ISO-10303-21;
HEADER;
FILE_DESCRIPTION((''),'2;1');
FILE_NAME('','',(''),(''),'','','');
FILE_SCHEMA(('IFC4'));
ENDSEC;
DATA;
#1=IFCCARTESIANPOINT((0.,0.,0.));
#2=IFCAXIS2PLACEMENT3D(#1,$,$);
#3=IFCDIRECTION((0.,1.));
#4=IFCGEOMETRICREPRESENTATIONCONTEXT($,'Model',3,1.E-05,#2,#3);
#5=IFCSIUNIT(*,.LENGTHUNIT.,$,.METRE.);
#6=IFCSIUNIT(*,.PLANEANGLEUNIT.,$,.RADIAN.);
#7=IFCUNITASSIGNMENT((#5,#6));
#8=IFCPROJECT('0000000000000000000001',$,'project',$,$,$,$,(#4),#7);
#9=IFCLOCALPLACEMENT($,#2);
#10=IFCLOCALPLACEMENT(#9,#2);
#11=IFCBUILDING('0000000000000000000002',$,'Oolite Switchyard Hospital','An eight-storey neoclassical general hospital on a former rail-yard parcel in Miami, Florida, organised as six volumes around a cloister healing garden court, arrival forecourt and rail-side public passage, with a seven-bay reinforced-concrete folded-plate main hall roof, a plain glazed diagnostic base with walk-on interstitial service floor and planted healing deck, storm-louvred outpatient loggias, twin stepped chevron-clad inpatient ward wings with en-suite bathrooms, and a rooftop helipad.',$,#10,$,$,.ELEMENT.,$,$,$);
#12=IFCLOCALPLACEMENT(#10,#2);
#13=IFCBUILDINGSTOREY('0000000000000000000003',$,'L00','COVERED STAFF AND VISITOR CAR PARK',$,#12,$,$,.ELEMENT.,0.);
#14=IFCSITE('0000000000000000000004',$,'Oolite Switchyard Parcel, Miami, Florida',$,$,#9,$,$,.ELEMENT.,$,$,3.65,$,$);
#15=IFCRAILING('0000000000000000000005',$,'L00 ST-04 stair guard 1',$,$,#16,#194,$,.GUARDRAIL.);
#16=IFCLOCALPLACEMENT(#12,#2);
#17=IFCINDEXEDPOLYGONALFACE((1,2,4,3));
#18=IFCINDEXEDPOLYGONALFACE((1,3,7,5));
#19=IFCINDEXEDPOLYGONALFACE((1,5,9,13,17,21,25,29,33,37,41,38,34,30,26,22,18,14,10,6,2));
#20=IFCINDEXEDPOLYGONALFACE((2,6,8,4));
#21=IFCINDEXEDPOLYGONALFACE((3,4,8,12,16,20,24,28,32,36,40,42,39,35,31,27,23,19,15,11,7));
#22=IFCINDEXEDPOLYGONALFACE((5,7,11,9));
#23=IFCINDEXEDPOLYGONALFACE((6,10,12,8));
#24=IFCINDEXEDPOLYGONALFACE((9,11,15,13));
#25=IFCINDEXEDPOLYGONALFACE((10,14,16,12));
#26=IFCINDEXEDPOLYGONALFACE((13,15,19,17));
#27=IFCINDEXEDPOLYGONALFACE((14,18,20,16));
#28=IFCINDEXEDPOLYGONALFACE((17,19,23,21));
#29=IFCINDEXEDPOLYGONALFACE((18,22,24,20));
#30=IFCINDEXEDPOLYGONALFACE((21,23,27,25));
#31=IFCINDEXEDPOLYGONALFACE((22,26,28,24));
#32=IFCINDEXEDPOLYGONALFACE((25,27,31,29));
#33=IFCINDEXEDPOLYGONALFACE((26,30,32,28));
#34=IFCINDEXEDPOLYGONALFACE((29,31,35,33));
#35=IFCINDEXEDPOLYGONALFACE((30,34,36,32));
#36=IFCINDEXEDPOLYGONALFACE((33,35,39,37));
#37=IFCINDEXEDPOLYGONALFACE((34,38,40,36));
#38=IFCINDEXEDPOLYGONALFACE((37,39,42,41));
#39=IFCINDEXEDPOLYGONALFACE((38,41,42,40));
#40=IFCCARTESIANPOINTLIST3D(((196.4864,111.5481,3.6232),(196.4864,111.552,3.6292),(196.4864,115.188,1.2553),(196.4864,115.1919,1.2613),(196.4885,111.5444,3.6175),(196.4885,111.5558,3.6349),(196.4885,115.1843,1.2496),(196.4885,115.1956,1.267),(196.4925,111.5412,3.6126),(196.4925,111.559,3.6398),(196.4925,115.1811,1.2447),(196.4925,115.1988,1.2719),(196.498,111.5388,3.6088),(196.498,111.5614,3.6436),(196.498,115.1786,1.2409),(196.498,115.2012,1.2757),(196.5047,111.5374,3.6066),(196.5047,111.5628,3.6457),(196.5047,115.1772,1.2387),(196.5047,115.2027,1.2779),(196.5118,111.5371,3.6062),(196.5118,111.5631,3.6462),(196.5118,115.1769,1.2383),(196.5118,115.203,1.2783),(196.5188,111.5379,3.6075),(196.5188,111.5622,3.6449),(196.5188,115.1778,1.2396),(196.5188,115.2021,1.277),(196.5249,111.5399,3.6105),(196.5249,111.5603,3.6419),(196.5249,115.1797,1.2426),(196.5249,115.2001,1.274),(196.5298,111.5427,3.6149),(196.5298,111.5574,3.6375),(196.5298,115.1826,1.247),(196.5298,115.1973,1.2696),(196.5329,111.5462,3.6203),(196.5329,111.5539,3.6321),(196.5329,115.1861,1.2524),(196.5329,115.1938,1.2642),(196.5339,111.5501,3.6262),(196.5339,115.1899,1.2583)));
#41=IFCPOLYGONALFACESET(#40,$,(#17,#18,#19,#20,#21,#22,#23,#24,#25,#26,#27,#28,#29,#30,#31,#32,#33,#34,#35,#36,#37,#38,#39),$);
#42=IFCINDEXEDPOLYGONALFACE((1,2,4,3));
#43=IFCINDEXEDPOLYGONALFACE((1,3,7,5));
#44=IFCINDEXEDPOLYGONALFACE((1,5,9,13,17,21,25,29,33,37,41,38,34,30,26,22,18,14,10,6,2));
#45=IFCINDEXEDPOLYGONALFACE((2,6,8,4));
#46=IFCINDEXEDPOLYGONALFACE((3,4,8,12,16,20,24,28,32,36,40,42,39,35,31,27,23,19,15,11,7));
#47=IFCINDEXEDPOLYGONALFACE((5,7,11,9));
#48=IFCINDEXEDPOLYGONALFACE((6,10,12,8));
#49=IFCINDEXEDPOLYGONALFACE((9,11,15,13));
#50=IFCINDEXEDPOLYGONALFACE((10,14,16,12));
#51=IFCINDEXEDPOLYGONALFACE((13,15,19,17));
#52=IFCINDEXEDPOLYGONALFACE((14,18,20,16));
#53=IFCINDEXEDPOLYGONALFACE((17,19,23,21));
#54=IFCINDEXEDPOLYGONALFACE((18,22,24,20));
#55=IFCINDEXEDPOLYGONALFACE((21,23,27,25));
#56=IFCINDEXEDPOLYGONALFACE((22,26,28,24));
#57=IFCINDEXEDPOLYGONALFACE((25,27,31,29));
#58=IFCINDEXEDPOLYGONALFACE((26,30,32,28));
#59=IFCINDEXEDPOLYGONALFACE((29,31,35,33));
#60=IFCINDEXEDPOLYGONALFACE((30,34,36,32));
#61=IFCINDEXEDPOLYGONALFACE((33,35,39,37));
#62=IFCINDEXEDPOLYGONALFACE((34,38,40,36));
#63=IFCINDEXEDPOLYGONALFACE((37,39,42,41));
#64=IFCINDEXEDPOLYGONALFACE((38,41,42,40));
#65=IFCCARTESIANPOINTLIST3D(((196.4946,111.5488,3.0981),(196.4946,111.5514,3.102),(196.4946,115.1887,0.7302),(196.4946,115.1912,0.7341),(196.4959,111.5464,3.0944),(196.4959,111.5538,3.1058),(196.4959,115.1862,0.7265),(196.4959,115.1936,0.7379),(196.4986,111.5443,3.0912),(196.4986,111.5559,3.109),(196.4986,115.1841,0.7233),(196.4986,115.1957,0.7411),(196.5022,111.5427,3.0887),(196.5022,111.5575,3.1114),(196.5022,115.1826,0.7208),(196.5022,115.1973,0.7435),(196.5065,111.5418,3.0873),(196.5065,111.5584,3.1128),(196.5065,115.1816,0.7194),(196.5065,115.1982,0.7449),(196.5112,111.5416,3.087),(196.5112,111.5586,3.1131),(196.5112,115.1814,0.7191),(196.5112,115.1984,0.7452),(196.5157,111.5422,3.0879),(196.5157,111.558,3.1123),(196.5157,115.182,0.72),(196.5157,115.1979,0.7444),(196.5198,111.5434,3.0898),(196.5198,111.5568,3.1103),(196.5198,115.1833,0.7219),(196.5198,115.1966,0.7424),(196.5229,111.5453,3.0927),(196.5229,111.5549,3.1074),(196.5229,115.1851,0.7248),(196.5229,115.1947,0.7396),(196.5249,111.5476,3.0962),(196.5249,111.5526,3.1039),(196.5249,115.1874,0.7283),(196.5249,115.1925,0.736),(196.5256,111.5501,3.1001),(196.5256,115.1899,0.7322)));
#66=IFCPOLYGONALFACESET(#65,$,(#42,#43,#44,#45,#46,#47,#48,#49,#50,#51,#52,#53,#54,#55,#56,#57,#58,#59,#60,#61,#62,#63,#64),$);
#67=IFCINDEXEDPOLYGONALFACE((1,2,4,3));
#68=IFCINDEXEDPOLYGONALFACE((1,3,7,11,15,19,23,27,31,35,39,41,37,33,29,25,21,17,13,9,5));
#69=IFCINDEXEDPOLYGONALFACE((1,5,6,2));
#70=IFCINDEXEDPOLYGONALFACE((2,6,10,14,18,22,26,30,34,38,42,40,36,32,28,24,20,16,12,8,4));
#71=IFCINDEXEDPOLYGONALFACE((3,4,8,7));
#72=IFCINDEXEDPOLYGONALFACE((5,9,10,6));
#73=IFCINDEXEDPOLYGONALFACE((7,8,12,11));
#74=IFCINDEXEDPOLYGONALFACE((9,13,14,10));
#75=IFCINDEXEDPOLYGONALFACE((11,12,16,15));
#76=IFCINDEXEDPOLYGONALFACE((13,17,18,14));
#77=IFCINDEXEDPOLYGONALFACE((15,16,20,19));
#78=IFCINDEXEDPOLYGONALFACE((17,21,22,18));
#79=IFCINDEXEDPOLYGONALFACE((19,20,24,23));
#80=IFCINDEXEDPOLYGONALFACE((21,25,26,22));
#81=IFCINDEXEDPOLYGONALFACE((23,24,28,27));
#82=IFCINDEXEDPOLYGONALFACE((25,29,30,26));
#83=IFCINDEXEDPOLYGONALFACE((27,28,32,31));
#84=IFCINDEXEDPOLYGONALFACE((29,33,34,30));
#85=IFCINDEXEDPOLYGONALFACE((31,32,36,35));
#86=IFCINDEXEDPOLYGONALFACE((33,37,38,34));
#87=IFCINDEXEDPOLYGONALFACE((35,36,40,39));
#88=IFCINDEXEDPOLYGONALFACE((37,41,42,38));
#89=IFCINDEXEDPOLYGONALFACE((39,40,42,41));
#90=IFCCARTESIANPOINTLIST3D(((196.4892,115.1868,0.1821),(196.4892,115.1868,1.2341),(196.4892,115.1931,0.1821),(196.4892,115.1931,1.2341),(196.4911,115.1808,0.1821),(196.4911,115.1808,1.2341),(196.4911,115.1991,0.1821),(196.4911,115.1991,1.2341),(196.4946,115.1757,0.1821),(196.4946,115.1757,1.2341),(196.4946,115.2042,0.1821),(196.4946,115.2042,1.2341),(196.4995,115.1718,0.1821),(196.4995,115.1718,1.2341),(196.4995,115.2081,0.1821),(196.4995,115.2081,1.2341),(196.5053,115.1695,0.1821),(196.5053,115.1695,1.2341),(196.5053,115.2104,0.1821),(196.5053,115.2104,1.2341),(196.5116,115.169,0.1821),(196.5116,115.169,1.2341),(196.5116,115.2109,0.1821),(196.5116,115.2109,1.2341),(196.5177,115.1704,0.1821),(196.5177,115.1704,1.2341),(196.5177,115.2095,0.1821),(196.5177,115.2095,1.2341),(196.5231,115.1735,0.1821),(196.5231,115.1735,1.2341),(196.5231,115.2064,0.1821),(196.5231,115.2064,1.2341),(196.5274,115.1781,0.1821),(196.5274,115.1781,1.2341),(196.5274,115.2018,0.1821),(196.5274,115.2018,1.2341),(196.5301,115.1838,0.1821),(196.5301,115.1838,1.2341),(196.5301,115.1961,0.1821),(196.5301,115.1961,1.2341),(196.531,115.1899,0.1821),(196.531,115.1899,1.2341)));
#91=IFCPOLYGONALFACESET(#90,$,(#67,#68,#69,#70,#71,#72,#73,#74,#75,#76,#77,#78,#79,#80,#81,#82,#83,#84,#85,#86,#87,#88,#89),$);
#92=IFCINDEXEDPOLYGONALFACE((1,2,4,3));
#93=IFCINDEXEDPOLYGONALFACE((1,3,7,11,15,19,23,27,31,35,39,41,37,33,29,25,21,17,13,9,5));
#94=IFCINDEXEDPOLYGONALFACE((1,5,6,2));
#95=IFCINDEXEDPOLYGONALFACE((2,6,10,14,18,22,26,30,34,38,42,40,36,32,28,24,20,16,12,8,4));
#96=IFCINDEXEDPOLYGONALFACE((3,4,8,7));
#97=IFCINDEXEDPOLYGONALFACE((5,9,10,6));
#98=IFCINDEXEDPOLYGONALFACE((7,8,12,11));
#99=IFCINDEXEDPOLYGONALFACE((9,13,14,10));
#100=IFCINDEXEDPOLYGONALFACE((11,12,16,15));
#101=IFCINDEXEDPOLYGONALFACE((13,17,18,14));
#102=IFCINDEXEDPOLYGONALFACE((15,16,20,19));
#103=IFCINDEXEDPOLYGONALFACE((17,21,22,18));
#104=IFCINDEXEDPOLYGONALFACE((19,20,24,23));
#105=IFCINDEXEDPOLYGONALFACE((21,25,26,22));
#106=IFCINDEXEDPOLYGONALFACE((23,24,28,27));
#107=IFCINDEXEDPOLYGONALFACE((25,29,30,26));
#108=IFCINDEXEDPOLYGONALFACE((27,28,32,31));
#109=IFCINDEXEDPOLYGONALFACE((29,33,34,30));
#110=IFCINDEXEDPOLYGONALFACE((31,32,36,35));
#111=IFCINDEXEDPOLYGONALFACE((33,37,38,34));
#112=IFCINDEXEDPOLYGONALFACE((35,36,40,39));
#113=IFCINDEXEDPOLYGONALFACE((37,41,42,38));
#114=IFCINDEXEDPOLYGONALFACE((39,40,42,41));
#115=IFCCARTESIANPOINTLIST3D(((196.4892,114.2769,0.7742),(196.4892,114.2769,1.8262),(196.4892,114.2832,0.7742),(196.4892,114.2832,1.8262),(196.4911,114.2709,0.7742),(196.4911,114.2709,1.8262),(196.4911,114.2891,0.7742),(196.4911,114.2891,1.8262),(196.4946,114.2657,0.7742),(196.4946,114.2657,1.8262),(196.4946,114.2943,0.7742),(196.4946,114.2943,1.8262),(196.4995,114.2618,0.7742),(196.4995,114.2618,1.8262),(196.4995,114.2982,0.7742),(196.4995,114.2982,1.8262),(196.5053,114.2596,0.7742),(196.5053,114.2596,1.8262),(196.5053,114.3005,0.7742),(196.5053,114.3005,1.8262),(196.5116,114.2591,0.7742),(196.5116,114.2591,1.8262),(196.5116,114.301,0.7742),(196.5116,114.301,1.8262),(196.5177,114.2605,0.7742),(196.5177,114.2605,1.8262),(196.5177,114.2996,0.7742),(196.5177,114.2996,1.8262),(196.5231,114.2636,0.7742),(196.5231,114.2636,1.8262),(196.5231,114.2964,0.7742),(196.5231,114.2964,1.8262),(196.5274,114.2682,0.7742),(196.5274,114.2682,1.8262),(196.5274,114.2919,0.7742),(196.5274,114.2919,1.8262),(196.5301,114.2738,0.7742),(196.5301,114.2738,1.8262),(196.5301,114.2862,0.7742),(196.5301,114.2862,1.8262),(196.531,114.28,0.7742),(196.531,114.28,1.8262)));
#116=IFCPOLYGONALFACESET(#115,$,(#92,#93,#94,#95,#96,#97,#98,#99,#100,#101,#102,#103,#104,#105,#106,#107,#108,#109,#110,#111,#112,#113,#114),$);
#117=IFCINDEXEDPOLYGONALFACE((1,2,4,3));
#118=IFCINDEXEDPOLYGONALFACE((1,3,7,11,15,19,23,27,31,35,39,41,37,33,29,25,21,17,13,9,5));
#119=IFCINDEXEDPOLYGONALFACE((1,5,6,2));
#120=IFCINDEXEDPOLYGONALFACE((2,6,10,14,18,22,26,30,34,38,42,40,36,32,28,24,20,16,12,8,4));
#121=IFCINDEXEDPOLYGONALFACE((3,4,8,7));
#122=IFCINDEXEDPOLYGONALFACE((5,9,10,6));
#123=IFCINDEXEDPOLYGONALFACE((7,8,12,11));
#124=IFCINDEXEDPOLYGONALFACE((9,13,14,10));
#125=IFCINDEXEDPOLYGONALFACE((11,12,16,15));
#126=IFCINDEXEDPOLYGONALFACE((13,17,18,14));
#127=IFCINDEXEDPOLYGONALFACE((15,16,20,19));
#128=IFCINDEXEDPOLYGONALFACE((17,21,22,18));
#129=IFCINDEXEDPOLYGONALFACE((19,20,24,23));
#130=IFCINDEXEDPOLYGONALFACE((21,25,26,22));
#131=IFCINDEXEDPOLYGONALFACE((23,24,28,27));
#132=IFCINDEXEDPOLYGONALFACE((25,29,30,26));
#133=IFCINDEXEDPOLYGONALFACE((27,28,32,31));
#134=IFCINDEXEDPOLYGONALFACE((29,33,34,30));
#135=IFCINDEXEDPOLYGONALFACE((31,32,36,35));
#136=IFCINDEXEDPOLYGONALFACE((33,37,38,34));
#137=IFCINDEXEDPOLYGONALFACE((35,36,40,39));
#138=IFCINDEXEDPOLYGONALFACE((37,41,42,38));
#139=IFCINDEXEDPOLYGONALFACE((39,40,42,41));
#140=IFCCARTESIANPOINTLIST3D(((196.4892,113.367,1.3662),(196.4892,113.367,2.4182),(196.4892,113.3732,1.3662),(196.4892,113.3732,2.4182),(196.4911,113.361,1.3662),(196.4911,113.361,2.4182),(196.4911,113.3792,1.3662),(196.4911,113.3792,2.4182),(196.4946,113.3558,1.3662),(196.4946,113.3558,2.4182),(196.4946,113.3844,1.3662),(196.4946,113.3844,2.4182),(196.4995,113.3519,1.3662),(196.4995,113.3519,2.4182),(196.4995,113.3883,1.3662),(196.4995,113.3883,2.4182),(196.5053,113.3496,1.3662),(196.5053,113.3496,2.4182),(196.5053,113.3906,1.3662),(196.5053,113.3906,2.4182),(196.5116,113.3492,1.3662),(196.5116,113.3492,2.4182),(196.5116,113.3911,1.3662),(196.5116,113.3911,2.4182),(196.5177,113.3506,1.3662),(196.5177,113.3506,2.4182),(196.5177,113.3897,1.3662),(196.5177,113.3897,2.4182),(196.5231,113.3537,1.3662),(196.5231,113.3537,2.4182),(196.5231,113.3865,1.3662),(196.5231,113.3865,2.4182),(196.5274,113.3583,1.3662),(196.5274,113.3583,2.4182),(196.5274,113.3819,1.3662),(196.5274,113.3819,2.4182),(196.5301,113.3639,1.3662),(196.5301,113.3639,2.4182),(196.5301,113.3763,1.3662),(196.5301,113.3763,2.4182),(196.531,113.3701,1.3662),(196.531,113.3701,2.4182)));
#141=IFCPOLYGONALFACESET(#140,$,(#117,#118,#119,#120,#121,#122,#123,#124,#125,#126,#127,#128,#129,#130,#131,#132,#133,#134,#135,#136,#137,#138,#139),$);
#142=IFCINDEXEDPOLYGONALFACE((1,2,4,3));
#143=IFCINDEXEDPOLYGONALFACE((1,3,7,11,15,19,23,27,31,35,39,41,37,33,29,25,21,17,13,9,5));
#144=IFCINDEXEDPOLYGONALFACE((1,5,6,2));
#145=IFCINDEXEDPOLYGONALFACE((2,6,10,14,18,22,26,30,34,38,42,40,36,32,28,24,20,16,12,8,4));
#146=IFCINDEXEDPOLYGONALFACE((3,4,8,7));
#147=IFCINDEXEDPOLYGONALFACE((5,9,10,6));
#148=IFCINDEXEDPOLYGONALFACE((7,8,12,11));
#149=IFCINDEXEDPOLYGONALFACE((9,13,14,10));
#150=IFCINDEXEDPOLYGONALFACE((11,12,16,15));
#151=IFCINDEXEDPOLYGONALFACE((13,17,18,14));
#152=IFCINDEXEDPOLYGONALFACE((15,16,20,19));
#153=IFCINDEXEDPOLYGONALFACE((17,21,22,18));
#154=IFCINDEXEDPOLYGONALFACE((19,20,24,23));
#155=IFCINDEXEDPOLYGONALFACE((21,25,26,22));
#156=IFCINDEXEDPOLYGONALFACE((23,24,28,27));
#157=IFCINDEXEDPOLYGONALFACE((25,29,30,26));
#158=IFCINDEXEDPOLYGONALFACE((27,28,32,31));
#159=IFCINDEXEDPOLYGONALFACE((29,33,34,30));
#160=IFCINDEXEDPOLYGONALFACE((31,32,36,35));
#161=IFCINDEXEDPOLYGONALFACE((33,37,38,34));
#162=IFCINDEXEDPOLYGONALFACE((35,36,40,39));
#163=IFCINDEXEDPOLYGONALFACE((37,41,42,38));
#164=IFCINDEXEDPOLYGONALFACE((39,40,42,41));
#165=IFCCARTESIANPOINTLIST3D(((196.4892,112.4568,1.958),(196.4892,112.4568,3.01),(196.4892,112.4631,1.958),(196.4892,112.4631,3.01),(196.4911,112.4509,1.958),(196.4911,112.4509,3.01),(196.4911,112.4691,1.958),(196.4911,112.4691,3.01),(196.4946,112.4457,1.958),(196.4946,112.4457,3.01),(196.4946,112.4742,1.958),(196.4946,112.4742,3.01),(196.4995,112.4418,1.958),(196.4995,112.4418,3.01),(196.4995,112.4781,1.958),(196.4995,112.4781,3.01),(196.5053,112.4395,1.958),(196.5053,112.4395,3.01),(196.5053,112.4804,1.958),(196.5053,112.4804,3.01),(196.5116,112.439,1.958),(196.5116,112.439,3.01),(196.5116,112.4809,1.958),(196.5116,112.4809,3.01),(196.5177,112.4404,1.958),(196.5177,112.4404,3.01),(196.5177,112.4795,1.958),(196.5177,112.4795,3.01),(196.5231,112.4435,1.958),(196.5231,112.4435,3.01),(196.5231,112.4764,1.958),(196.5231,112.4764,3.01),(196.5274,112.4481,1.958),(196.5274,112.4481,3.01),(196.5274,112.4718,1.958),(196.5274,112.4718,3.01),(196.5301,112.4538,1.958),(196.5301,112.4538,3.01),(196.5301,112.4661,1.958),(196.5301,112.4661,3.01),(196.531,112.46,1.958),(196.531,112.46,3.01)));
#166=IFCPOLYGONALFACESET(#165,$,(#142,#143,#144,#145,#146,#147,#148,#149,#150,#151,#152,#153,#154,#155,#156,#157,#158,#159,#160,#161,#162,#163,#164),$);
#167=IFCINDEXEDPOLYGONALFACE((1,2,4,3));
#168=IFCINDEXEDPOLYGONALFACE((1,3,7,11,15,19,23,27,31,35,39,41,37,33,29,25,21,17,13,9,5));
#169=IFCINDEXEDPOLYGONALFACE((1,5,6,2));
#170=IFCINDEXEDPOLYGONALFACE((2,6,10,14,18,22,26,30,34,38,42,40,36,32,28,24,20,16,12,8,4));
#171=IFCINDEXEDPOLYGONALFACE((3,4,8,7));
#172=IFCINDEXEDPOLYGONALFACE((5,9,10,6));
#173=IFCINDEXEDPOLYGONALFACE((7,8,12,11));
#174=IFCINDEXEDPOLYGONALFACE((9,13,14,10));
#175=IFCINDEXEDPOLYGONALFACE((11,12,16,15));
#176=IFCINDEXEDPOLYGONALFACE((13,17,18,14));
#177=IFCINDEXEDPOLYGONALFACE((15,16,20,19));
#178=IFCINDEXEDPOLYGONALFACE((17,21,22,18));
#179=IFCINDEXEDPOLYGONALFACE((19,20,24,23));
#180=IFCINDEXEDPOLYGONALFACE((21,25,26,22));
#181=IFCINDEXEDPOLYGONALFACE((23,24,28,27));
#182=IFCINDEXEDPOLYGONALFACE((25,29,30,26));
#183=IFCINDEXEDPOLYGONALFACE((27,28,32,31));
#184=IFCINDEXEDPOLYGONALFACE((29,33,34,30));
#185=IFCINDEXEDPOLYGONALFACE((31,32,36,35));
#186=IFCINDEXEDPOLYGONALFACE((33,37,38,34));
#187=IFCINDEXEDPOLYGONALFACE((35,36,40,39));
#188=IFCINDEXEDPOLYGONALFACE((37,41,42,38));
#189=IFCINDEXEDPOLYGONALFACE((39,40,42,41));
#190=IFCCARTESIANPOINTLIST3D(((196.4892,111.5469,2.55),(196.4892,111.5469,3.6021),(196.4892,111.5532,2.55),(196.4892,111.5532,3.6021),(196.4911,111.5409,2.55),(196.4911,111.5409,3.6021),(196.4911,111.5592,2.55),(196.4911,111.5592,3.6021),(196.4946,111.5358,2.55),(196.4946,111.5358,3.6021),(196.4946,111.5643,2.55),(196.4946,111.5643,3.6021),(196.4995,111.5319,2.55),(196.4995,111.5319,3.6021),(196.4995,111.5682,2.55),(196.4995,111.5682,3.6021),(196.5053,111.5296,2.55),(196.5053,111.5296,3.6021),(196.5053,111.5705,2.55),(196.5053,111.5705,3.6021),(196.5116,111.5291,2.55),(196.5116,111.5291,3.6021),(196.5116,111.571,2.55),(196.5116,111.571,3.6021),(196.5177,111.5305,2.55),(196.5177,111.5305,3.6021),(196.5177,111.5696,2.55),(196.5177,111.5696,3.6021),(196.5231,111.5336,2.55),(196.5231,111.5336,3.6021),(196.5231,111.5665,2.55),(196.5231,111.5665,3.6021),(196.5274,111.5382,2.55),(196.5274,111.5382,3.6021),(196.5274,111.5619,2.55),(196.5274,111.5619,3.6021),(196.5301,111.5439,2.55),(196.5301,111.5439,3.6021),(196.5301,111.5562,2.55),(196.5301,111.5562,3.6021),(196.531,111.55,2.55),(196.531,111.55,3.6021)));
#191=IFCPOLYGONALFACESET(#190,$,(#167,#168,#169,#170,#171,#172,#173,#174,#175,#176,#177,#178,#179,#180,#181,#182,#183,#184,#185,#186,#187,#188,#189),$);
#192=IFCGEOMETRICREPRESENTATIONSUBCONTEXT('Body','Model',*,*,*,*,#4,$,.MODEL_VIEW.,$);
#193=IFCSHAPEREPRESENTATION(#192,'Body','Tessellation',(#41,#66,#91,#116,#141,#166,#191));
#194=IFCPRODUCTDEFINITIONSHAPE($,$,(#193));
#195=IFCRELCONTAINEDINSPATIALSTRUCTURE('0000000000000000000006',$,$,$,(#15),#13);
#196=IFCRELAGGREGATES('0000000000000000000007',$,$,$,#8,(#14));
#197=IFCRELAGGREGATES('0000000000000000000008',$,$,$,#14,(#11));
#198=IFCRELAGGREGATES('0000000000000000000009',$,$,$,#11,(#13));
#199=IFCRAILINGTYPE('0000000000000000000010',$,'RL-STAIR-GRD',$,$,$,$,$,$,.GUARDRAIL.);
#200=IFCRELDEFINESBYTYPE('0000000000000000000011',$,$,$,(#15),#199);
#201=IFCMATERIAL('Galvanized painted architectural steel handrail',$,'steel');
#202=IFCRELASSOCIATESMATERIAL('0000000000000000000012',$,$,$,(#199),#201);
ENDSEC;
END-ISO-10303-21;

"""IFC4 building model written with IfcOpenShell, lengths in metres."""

from ifc_helpers import new_model, si_unit, direction, frame, origin, origin_2d, place, context, subcontext, project, spatial, circle, extrude, material, type_object, element, save


model = new_model("IFC4")

# Units and contexts
model_context = context("Model", 3, precision=1e-05, world=origin(), true_north=direction((0.0, 1.0)))
body_context = subcontext(model_context, "Body", "Model", "MODEL_VIEW")
ifc_project = project(units=[si_unit("LENGTHUNIT", "METRE"), si_unit("PLANEANGLEUNIT", "RADIAN")], contexts=[model_context])

# Site, building, storey
site_placement = place(None, origin())
site = spatial("IfcSite", under=ifc_project, at=site_placement, Name="Oolite Switchyard Parcel, Miami, Florida", CompositionType="ELEMENT", RefElevation=3.65)
building_placement = place(site_placement, origin())
building = spatial("IfcBuilding", under=site, at=building_placement, Name="Oolite Switchyard Hospital", Description="An eight-storey neoclassical general hospital on a former rail-yard parcel in Miami, Florida, organised as six volumes around a cloister healing garden court, arrival forecourt and rail-side public passage, with a seven-bay reinforced-concrete folded-plate main hall roof, a plain glazed diagnostic base with walk-on interstitial service floor and planted healing deck, storm-louvred outpatient loggias, twin stepped chevron-clad inpatient ward wings with en-suite bathrooms, and a rooftop helipad.", CompositionType="ELEMENT")
storey_placement = place(building_placement, origin())
storey = spatial("IfcBuildingStorey", under=building, at=storey_placement, Name="L00", Description="COVERED STAFF AND VISITOR CAR PARK", CompositionType="ELEMENT", Elevation=0.0)

# Railing
ifc_material_1 = material(Name="Galvanized painted architectural steel handrail", Category="steel")
railing_type_1 = type_object("IfcRailingType", Name="RL-STAIR-GRD", PredefinedType="GUARDRAIL", material=ifc_material_1)
railing_1_placement = place(storey_placement, frame((196.51, 115.1899, 0.1821)))
element("IfcRailing", 1, at=railing_1_placement, inside=storey, type_object=railing_type_1, Name="L00 ST-04 stair guard 1", PredefinedType="GUARDRAIL", context=body_context, shape_type="SweptSolid", body=[
    extrude(circle(Radius=0.0239, at=origin_2d()), frame((0.0, 0.0, 1.0762), z_axis=(0.0, -0.838234, 0.54531), x_axis=(1.0, 0.0, 0.0)), (0.0, 0.0, 1.0), 4.3423),
    extrude(circle(Radius=0.0156, at=origin_2d()), frame((0.0, 0.0, 0.55), z_axis=(0.0, -0.838234, 0.54531), x_axis=(1.0, 0.0, 0.0)), (0.0, 0.0, 1.0), 4.3423),
    extrude(circle(Radius=0.021, at=origin_2d()), origin(), (0.0, 0.0, 1.0), 1.052),
    extrude(circle(Radius=0.021, at=origin_2d()), frame((0.0, -0.9099, 0.592)), (0.0, 0.0, 1.0), 1.052),
    extrude(circle(Radius=0.021, at=origin_2d()), frame((0.0, -1.8198, 1.1841)), (0.0, 0.0, 1.0), 1.052),
    extrude(circle(Radius=0.021, at=origin_2d()), frame((0.0, -2.73, 1.7759)), (0.0, 0.0, 1.0), 1.052),
    extrude(circle(Radius=0.021, at=origin_2d()), frame((0.0, -3.6399, 2.3679)), (0.0, 0.0, 1.0), 1.052),
])

save(model, "model.ifc")
